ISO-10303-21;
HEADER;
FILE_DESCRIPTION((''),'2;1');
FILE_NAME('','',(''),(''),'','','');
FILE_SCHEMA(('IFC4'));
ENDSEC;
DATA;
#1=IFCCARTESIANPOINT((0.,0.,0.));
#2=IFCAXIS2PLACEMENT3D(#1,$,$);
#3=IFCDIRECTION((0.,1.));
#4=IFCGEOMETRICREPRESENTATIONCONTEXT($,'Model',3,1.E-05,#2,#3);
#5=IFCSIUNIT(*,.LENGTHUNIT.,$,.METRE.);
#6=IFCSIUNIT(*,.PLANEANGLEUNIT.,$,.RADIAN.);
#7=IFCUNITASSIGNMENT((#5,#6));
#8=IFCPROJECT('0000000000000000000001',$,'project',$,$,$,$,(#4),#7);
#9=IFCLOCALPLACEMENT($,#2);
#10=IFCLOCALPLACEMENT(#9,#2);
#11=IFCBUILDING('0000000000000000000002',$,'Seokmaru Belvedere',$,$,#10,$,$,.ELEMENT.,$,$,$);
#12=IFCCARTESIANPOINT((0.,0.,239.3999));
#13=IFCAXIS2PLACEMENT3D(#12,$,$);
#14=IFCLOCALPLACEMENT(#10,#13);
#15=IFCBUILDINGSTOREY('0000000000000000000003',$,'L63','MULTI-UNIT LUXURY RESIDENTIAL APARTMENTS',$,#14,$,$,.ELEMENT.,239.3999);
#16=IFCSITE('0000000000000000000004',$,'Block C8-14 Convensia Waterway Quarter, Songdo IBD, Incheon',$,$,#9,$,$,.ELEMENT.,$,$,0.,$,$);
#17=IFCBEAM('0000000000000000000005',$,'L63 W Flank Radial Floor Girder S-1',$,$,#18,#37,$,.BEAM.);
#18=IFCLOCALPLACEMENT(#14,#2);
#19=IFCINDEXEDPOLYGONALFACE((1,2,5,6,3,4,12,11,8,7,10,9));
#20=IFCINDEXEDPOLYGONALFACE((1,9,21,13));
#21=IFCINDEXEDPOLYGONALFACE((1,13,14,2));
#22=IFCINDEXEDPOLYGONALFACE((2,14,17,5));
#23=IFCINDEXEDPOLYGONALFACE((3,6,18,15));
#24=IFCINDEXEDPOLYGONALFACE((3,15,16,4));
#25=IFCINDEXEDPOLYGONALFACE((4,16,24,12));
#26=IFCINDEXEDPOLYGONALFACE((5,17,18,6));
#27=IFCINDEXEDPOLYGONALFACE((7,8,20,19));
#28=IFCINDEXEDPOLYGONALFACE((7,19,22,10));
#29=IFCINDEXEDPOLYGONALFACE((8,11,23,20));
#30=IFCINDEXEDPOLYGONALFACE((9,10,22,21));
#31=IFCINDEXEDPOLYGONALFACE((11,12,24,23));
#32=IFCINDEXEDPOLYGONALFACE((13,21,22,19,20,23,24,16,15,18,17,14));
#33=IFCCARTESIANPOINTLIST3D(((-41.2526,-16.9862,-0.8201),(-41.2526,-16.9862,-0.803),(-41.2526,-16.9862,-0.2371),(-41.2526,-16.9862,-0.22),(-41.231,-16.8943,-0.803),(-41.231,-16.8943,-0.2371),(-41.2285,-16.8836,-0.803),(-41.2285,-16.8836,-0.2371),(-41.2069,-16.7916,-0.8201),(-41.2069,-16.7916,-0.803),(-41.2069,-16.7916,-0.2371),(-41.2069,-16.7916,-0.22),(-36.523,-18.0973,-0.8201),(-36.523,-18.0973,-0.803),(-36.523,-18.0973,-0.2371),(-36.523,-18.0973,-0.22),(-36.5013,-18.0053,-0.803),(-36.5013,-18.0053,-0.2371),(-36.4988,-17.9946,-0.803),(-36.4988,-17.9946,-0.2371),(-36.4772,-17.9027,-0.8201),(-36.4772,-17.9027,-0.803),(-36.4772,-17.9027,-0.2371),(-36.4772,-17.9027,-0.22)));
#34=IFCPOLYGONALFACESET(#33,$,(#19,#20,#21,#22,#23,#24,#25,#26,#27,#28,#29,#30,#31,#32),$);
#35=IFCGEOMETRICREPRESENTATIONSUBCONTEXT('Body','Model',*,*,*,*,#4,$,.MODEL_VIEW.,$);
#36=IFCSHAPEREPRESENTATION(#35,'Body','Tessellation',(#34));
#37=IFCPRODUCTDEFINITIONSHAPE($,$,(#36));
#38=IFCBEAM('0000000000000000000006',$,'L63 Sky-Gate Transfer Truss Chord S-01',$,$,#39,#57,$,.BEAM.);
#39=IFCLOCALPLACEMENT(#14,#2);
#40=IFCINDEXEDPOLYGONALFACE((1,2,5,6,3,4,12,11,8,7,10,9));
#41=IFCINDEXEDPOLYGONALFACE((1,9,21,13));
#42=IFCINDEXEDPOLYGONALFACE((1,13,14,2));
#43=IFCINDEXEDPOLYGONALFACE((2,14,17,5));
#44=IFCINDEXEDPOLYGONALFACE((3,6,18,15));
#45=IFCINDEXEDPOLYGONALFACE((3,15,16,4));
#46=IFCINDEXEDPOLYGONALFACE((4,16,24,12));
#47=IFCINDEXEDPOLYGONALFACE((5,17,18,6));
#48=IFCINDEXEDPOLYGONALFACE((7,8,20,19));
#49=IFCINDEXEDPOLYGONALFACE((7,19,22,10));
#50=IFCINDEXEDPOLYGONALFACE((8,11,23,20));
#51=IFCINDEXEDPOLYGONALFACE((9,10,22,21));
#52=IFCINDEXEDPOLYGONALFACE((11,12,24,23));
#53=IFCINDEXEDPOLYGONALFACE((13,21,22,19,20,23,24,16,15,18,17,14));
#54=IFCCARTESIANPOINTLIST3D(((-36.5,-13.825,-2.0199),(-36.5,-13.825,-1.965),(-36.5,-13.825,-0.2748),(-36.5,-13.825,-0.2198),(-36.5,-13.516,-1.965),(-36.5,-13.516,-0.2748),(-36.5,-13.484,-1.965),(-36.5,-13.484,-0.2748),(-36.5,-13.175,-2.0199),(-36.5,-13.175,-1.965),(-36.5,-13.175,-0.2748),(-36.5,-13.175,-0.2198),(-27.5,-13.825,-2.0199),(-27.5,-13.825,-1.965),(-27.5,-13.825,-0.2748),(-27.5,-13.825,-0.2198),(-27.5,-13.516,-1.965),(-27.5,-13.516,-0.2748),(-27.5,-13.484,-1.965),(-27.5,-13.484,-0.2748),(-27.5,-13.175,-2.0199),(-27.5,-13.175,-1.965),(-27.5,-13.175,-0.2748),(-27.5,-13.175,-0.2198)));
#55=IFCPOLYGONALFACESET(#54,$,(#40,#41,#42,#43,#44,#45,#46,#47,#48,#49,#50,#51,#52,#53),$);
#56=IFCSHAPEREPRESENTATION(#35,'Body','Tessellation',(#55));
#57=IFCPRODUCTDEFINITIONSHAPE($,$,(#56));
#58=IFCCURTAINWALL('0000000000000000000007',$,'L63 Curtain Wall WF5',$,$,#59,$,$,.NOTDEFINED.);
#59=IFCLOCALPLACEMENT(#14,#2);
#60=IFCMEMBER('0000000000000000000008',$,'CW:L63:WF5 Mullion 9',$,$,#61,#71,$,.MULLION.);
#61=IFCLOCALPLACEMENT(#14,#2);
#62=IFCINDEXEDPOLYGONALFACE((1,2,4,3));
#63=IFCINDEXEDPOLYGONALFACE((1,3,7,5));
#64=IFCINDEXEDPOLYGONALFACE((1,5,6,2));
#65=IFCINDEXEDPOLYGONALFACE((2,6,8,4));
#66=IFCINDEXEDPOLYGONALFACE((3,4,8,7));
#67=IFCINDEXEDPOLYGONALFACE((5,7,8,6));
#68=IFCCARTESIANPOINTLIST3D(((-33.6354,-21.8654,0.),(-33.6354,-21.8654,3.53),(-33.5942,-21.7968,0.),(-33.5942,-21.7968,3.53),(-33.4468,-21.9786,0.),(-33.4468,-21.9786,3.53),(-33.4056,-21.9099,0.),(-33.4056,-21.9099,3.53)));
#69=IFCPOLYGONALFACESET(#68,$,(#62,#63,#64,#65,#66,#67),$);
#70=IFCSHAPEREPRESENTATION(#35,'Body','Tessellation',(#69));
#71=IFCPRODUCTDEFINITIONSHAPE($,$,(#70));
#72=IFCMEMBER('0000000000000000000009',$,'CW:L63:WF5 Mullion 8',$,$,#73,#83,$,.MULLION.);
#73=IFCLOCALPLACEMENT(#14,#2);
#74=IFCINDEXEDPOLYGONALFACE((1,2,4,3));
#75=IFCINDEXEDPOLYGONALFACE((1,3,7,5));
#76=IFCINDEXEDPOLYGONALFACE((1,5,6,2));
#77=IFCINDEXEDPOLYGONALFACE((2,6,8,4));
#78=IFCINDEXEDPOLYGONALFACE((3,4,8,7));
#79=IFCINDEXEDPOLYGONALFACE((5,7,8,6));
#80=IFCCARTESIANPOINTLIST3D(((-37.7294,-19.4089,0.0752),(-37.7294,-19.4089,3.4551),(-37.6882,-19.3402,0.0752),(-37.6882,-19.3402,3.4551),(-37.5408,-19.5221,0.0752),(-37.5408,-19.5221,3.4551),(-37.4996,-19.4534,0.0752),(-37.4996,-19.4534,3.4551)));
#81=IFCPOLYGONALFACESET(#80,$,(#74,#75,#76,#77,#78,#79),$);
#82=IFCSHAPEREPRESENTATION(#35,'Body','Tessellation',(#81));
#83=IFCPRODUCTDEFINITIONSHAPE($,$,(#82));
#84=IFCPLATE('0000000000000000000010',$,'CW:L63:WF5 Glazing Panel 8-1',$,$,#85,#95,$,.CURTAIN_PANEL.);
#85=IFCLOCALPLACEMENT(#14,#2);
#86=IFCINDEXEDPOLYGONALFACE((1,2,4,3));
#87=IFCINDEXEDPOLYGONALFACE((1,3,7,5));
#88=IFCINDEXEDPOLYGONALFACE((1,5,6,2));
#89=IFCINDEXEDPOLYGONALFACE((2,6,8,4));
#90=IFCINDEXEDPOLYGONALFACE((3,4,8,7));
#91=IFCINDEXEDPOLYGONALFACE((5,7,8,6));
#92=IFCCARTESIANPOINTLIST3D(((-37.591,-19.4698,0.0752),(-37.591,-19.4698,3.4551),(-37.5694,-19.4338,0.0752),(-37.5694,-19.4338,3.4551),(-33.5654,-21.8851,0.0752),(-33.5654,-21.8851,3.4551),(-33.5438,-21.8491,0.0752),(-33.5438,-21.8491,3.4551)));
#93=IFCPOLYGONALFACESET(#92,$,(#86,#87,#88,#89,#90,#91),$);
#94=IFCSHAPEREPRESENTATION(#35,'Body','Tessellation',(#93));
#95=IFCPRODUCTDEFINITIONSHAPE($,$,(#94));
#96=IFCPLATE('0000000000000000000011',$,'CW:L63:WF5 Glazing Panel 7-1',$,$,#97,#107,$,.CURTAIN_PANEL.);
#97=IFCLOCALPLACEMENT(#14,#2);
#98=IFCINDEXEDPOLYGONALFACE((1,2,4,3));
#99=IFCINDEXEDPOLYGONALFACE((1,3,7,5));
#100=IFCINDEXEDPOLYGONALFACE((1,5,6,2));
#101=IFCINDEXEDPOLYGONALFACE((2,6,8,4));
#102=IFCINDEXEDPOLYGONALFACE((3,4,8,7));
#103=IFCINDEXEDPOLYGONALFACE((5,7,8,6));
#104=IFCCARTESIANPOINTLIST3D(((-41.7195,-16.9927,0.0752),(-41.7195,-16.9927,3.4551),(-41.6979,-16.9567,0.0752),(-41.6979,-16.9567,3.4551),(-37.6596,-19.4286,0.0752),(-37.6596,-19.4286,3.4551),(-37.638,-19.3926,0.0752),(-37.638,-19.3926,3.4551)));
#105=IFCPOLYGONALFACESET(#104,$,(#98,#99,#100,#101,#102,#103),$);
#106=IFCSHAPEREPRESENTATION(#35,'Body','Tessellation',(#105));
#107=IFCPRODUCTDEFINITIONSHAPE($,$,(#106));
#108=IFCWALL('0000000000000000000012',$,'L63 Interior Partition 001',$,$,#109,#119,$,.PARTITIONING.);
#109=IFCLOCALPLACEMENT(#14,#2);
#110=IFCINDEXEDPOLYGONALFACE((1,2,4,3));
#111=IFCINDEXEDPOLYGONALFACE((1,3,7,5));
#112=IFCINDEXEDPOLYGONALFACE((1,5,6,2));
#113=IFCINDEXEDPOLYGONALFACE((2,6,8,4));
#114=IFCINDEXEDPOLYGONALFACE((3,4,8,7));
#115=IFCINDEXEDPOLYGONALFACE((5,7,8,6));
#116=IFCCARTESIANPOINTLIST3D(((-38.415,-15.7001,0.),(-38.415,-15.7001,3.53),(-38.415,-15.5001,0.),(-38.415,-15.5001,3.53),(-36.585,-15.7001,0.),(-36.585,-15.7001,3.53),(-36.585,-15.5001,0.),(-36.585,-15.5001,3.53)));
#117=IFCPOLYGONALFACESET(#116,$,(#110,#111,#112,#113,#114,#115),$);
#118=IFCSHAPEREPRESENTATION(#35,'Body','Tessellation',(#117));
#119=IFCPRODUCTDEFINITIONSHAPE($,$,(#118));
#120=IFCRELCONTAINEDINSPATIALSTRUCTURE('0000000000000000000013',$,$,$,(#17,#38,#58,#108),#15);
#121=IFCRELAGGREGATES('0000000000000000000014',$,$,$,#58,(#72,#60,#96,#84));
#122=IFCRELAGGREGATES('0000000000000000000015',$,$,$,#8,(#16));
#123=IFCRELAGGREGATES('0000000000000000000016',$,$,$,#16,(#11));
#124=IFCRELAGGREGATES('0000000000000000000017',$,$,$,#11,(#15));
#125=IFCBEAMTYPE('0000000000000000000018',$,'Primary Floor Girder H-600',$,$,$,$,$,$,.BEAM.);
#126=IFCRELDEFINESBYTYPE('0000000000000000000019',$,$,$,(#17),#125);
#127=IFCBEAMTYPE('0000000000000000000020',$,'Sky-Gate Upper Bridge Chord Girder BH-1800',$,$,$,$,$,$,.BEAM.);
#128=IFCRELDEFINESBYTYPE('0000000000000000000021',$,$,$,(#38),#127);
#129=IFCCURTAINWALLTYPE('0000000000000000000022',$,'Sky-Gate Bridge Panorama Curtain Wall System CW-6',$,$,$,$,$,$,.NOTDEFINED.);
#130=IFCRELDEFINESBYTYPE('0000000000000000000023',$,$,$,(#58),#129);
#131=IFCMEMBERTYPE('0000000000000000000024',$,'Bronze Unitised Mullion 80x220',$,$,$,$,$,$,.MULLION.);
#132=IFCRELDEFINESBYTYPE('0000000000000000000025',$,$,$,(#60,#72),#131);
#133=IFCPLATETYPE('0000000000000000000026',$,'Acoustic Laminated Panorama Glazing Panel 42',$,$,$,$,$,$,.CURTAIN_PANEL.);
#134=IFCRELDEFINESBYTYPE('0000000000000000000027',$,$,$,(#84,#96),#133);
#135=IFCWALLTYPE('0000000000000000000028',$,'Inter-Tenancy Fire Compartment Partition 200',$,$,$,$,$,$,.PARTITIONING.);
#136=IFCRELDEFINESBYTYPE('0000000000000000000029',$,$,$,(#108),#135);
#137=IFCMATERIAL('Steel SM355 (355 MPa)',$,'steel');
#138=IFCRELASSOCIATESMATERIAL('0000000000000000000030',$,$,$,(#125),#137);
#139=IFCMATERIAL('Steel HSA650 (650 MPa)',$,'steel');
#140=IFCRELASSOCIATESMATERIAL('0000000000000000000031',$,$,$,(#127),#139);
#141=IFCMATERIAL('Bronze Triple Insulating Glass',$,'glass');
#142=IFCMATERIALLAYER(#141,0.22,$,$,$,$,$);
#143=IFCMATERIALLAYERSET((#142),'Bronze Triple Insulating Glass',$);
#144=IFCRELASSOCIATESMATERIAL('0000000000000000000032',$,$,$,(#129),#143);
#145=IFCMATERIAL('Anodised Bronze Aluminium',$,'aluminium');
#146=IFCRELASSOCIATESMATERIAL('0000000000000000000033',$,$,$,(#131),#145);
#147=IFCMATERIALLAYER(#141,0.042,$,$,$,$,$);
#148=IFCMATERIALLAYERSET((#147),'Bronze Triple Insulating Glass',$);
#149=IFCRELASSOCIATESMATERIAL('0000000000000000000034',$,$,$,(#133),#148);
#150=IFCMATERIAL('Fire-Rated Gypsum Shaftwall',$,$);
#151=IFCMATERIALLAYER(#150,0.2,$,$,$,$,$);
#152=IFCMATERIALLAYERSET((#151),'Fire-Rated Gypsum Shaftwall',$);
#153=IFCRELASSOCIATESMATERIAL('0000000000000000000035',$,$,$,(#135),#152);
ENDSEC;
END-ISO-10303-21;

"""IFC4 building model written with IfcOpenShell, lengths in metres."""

from ifc_helpers import new_model, si_unit, direction, frame, frame_2d, origin, origin_2d, place, context, subcontext, project, spatial, rectangle, i_section, extrude, source, transform, mapped, material, layer, layer_set, material_profile, profile_set, type_object, type_shapes, element, aggregate, save


model = new_model("IFC4")

# Units and contexts
model_context = context("Model", 3, precision=1e-05, world=origin(), true_north=direction((0.0, 1.0)))
body_context = subcontext(model_context, "Body", "Model", "MODEL_VIEW")
ifc_project = project(units=[si_unit("LENGTHUNIT", "METRE"), si_unit("PLANEANGLEUNIT", "RADIAN")], contexts=[model_context])

# Site, building, storey
site_placement = place(None, origin())
site = spatial("IfcSite", under=ifc_project, at=site_placement, Name="Block C8-14 Convensia Waterway Quarter, Songdo IBD, Incheon", CompositionType="ELEMENT", RefElevation=0.0)
building_placement = place(site_placement, origin())
building = spatial("IfcBuilding", under=site, at=building_placement, Name="Seokmaru Belvedere", CompositionType="ELEMENT")
storey_placement = place(building_placement, frame((0.0, 0.0, 239.3999)))
storey = spatial("IfcBuildingStorey", under=building, at=storey_placement, Name="L63", Description="MULTI-UNIT LUXURY RESIDENTIAL APARTMENTS", CompositionType="ELEMENT", Elevation=239.3999)

# Shared definitions
ifc_material_1 = material(Name="Steel SM355 (355 MPa)", Category="steel")

# Beams
ifc_material_profile_1 = material_profile(ifc_material_1, i_section(OverallWidth=0.2, OverallDepth=0.6001, WebThickness=0.011, FlangeThickness=0.0171, at=origin_2d()), Name="H-600x200x11x17")
ifc_profile_set_1 = profile_set([ifc_material_profile_1], Name="Steel SM355 (355 MPa)")
beam_type_1 = type_object("IfcBeamType", Name="Primary Floor Girder H-600", PredefinedType="BEAM", material=ifc_profile_set_1)
shared_shape_1 = source(origin(), body_context, "Body", "SweptSolid", [
    extrude(i_section(OverallWidth=0.2, OverallDepth=0.6001, WebThickness=0.011, FlangeThickness=0.0171, at=origin_2d()), origin(), (0.0, 0.0, 1.0), 4.8584),
])
beam_1_placement = place(storey_placement, frame((-41.2297, -16.8889, -0.52), z_axis=(0.973499, -0.228689, 0.0), x_axis=(0.228689, 0.973499, 0.0)))
element("IfcBeam", 1, at=beam_1_placement, inside=storey, type_object=beam_type_1, Name="L63 W Flank Radial Floor Girder S-1", PredefinedType="BEAM", context=body_context, shape_type="MappedRepresentation", body=[
    mapped(shared_shape_1, transform((0.0, 0.0, 0.0), scale=1.0)),
])
ifc_material_2 = material(Name="Steel HSA650 (650 MPa)", Category="steel")
ifc_material_profile_2 = material_profile(ifc_material_2, i_section(OverallWidth=0.6499, OverallDepth=1.8, WebThickness=0.032, FlangeThickness=0.0549, at=origin_2d()), Name="BH-1800x650x32x55")
ifc_profile_set_2 = profile_set([ifc_material_profile_2], Name="Steel HSA650 (650 MPa)")
beam_type_2 = type_object("IfcBeamType", Name="Sky-Gate Upper Bridge Chord Girder BH-1800", PredefinedType="BEAM", material=ifc_profile_set_2)
shared_shape_2 = source(origin(), body_context, "Body", "SweptSolid", [
    extrude(i_section(OverallWidth=0.6499, OverallDepth=1.8, WebThickness=0.032, FlangeThickness=0.0549, at=origin_2d()), origin(), (0.0, 0.0, 1.0), 9.0),
])
type_shapes(beam_type_2, [shared_shape_2])
beam_2_placement = place(storey_placement, frame((-36.5, -13.5, -1.1199), z_axis=(1.0, 0.0, 0.0), x_axis=(0.0, 1.0, 0.0)))
element("IfcBeam", 2, at=beam_2_placement, inside=storey, type_object=beam_type_2, Name="L63 Sky-Gate Transfer Truss Chord S-01", PredefinedType="BEAM", context=body_context, shape_type="MappedRepresentation", body=[
    mapped(shared_shape_2, transform((0.0, 0.0, 0.0), scale=1.0)),
])

# Curtain wall, members, plates
ifc_material_3 = material(Name="Bronze Triple Insulating Glass", Category="glass")
ifc_layer_1 = layer(ifc_material_3, 0.22)
ifc_layer_set_1 = layer_set([ifc_layer_1], Name="Bronze Triple Insulating Glass")
curtain_wall_type = type_object("IfcCurtainWallType", Name="Sky-Gate Bridge Panorama Curtain Wall System CW-6", PredefinedType="NOTDEFINED", material=ifc_layer_set_1)
curtain_wall_placement = place(storey_placement, origin())
curtain_wall = element("IfcCurtainWall", 3, at=curtain_wall_placement, inside=storey, type_object=curtain_wall_type, Name="L63 Curtain Wall WF5", PredefinedType="NOTDEFINED")
ifc_material_4 = material(Name="Anodised Bronze Aluminium", Category="aluminium")
ifc_material_profile_3 = material_profile(ifc_material_4, rectangle(XDim=0.0801, YDim=0.22, at=origin_2d()), Name="CW-M-80x220")
ifc_profile_set_3 = profile_set([ifc_material_profile_3], Name="Anodised Bronze Aluminium")
member_type = type_object("IfcMemberType", Name="Bronze Unitised Mullion 80x220", PredefinedType="MULLION", material=ifc_profile_set_3)
shared_shape_3 = source(origin(), body_context, "Body", "SweptSolid", [
    extrude(rectangle(XDim=0.0801, YDim=0.22, at=origin_2d()), origin(), (0.0, 0.0, 1.0), 3.53),
])
member_1_placement = place(storey_placement, frame((-33.5205, -21.8877, 0.0), z_axis=(0.0, 0.0, 1.0), x_axis=(0.514495, 0.857493, 0.0)))
member_1 = element("IfcMember", 4, at=member_1_placement, type_object=member_type, Name="CW:L63:WF5 Mullion 9", PredefinedType="MULLION", context=body_context, shape_type="MappedRepresentation", body=[
    mapped(shared_shape_3, transform((0.0, 0.0, 0.0), scale=1.0)),
])
shared_shape_4 = source(origin(), body_context, "Body", "SweptSolid", [
    extrude(rectangle(XDim=0.0801, YDim=0.22, at=origin_2d()), origin(), (0.0, 0.0, 1.0), 3.3799),
])
type_shapes(member_type, [shared_shape_3, shared_shape_4])
member_2_placement = place(storey_placement, frame((-37.6145, -19.4312, 0.0752), z_axis=(0.0, 0.0, 1.0), x_axis=(0.514495, 0.857493, 0.0)))
member_2 = element("IfcMember", 5, at=member_2_placement, type_object=member_type, Name="CW:L63:WF5 Mullion 8", PredefinedType="MULLION", context=body_context, shape_type="MappedRepresentation", body=[
    mapped(shared_shape_4, transform((0.0, 0.0, 0.0), scale=1.0)),
])
ifc_layer_2 = layer(ifc_material_3, 0.042)
ifc_layer_set_2 = layer_set([ifc_layer_2], Name="Bronze Triple Insulating Glass")
plate_type = type_object("IfcPlateType", Name="Acoustic Laminated Panorama Glazing Panel 42", PredefinedType="CURTAIN_PANEL", material=ifc_layer_set_2)
shared_shape_5 = source(origin(), body_context, "Body", "SweptSolid", [
    extrude(rectangle(XDim=4.6946, YDim=0.042, at=origin_2d()), origin(), (0.0, 0.0, 1.0), 3.3799),
])
plate_1_placement = place(storey_placement, frame((-35.5674, -20.6594, 0.0752), z_axis=(0.0, 0.0, 1.0), x_axis=(0.857493, -0.514495, 0.0)))
plate_1 = element("IfcPlate", 6, at=plate_1_placement, type_object=plate_type, Name="CW:L63:WF5 Glazing Panel 8-1", PredefinedType="CURTAIN_PANEL", context=body_context, shape_type="MappedRepresentation", body=[
    mapped(shared_shape_5, transform((0.0, 0.0, 0.0), scale=1.0)),
])
shared_shape_6 = source(origin(), body_context, "Body", "SweptSolid", [
    extrude(rectangle(XDim=4.7346, YDim=0.042, at=origin_2d()), origin(), (0.0, 0.0, 1.0), 3.3799),
])
type_shapes(plate_type, [shared_shape_5, shared_shape_6])
plate_2_placement = place(storey_placement, frame((-39.6787, -18.1926, 0.0752), z_axis=(0.0, 0.0, 1.0), x_axis=(0.857493, -0.514495, 0.0)))
plate_2 = element("IfcPlate", 7, at=plate_2_placement, type_object=plate_type, Name="CW:L63:WF5 Glazing Panel 7-1", PredefinedType="CURTAIN_PANEL", context=body_context, shape_type="MappedRepresentation", body=[
    mapped(shared_shape_6, transform((0.0, 0.0, 0.0), scale=1.0)),
])
aggregate(curtain_wall, [member_2, member_1, plate_2, plate_1])

# Wall
ifc_material_5 = material(Name="Fire-Rated Gypsum Shaftwall")
ifc_layer_3 = layer(ifc_material_5, 0.2)
ifc_layer_set_3 = layer_set([ifc_layer_3], Name="Fire-Rated Gypsum Shaftwall")
wall_type_1 = type_object("IfcWallType", Name="Inter-Tenancy Fire Compartment Partition 200", PredefinedType="PARTITIONING", material=ifc_layer_set_3)
wall_1_placement = place(storey_placement, frame((-38.415, -15.6001, 0.0), z_axis=(0.0, 0.0, 1.0), x_axis=(1.0, 0.0, 0.0)))
element("IfcWall", 8, at=wall_1_placement, inside=storey, type_object=wall_type_1, Name="L63 Interior Partition 001", PredefinedType="PARTITIONING", context=body_context, shape_type="SweptSolid", body=[
    extrude(rectangle(XDim=1.8301, YDim=0.2, at=frame_2d((0.915, 0.0))), origin(), (0.0, 0.0, 1.0), 3.53),
])

save(model, "model.ifc")
